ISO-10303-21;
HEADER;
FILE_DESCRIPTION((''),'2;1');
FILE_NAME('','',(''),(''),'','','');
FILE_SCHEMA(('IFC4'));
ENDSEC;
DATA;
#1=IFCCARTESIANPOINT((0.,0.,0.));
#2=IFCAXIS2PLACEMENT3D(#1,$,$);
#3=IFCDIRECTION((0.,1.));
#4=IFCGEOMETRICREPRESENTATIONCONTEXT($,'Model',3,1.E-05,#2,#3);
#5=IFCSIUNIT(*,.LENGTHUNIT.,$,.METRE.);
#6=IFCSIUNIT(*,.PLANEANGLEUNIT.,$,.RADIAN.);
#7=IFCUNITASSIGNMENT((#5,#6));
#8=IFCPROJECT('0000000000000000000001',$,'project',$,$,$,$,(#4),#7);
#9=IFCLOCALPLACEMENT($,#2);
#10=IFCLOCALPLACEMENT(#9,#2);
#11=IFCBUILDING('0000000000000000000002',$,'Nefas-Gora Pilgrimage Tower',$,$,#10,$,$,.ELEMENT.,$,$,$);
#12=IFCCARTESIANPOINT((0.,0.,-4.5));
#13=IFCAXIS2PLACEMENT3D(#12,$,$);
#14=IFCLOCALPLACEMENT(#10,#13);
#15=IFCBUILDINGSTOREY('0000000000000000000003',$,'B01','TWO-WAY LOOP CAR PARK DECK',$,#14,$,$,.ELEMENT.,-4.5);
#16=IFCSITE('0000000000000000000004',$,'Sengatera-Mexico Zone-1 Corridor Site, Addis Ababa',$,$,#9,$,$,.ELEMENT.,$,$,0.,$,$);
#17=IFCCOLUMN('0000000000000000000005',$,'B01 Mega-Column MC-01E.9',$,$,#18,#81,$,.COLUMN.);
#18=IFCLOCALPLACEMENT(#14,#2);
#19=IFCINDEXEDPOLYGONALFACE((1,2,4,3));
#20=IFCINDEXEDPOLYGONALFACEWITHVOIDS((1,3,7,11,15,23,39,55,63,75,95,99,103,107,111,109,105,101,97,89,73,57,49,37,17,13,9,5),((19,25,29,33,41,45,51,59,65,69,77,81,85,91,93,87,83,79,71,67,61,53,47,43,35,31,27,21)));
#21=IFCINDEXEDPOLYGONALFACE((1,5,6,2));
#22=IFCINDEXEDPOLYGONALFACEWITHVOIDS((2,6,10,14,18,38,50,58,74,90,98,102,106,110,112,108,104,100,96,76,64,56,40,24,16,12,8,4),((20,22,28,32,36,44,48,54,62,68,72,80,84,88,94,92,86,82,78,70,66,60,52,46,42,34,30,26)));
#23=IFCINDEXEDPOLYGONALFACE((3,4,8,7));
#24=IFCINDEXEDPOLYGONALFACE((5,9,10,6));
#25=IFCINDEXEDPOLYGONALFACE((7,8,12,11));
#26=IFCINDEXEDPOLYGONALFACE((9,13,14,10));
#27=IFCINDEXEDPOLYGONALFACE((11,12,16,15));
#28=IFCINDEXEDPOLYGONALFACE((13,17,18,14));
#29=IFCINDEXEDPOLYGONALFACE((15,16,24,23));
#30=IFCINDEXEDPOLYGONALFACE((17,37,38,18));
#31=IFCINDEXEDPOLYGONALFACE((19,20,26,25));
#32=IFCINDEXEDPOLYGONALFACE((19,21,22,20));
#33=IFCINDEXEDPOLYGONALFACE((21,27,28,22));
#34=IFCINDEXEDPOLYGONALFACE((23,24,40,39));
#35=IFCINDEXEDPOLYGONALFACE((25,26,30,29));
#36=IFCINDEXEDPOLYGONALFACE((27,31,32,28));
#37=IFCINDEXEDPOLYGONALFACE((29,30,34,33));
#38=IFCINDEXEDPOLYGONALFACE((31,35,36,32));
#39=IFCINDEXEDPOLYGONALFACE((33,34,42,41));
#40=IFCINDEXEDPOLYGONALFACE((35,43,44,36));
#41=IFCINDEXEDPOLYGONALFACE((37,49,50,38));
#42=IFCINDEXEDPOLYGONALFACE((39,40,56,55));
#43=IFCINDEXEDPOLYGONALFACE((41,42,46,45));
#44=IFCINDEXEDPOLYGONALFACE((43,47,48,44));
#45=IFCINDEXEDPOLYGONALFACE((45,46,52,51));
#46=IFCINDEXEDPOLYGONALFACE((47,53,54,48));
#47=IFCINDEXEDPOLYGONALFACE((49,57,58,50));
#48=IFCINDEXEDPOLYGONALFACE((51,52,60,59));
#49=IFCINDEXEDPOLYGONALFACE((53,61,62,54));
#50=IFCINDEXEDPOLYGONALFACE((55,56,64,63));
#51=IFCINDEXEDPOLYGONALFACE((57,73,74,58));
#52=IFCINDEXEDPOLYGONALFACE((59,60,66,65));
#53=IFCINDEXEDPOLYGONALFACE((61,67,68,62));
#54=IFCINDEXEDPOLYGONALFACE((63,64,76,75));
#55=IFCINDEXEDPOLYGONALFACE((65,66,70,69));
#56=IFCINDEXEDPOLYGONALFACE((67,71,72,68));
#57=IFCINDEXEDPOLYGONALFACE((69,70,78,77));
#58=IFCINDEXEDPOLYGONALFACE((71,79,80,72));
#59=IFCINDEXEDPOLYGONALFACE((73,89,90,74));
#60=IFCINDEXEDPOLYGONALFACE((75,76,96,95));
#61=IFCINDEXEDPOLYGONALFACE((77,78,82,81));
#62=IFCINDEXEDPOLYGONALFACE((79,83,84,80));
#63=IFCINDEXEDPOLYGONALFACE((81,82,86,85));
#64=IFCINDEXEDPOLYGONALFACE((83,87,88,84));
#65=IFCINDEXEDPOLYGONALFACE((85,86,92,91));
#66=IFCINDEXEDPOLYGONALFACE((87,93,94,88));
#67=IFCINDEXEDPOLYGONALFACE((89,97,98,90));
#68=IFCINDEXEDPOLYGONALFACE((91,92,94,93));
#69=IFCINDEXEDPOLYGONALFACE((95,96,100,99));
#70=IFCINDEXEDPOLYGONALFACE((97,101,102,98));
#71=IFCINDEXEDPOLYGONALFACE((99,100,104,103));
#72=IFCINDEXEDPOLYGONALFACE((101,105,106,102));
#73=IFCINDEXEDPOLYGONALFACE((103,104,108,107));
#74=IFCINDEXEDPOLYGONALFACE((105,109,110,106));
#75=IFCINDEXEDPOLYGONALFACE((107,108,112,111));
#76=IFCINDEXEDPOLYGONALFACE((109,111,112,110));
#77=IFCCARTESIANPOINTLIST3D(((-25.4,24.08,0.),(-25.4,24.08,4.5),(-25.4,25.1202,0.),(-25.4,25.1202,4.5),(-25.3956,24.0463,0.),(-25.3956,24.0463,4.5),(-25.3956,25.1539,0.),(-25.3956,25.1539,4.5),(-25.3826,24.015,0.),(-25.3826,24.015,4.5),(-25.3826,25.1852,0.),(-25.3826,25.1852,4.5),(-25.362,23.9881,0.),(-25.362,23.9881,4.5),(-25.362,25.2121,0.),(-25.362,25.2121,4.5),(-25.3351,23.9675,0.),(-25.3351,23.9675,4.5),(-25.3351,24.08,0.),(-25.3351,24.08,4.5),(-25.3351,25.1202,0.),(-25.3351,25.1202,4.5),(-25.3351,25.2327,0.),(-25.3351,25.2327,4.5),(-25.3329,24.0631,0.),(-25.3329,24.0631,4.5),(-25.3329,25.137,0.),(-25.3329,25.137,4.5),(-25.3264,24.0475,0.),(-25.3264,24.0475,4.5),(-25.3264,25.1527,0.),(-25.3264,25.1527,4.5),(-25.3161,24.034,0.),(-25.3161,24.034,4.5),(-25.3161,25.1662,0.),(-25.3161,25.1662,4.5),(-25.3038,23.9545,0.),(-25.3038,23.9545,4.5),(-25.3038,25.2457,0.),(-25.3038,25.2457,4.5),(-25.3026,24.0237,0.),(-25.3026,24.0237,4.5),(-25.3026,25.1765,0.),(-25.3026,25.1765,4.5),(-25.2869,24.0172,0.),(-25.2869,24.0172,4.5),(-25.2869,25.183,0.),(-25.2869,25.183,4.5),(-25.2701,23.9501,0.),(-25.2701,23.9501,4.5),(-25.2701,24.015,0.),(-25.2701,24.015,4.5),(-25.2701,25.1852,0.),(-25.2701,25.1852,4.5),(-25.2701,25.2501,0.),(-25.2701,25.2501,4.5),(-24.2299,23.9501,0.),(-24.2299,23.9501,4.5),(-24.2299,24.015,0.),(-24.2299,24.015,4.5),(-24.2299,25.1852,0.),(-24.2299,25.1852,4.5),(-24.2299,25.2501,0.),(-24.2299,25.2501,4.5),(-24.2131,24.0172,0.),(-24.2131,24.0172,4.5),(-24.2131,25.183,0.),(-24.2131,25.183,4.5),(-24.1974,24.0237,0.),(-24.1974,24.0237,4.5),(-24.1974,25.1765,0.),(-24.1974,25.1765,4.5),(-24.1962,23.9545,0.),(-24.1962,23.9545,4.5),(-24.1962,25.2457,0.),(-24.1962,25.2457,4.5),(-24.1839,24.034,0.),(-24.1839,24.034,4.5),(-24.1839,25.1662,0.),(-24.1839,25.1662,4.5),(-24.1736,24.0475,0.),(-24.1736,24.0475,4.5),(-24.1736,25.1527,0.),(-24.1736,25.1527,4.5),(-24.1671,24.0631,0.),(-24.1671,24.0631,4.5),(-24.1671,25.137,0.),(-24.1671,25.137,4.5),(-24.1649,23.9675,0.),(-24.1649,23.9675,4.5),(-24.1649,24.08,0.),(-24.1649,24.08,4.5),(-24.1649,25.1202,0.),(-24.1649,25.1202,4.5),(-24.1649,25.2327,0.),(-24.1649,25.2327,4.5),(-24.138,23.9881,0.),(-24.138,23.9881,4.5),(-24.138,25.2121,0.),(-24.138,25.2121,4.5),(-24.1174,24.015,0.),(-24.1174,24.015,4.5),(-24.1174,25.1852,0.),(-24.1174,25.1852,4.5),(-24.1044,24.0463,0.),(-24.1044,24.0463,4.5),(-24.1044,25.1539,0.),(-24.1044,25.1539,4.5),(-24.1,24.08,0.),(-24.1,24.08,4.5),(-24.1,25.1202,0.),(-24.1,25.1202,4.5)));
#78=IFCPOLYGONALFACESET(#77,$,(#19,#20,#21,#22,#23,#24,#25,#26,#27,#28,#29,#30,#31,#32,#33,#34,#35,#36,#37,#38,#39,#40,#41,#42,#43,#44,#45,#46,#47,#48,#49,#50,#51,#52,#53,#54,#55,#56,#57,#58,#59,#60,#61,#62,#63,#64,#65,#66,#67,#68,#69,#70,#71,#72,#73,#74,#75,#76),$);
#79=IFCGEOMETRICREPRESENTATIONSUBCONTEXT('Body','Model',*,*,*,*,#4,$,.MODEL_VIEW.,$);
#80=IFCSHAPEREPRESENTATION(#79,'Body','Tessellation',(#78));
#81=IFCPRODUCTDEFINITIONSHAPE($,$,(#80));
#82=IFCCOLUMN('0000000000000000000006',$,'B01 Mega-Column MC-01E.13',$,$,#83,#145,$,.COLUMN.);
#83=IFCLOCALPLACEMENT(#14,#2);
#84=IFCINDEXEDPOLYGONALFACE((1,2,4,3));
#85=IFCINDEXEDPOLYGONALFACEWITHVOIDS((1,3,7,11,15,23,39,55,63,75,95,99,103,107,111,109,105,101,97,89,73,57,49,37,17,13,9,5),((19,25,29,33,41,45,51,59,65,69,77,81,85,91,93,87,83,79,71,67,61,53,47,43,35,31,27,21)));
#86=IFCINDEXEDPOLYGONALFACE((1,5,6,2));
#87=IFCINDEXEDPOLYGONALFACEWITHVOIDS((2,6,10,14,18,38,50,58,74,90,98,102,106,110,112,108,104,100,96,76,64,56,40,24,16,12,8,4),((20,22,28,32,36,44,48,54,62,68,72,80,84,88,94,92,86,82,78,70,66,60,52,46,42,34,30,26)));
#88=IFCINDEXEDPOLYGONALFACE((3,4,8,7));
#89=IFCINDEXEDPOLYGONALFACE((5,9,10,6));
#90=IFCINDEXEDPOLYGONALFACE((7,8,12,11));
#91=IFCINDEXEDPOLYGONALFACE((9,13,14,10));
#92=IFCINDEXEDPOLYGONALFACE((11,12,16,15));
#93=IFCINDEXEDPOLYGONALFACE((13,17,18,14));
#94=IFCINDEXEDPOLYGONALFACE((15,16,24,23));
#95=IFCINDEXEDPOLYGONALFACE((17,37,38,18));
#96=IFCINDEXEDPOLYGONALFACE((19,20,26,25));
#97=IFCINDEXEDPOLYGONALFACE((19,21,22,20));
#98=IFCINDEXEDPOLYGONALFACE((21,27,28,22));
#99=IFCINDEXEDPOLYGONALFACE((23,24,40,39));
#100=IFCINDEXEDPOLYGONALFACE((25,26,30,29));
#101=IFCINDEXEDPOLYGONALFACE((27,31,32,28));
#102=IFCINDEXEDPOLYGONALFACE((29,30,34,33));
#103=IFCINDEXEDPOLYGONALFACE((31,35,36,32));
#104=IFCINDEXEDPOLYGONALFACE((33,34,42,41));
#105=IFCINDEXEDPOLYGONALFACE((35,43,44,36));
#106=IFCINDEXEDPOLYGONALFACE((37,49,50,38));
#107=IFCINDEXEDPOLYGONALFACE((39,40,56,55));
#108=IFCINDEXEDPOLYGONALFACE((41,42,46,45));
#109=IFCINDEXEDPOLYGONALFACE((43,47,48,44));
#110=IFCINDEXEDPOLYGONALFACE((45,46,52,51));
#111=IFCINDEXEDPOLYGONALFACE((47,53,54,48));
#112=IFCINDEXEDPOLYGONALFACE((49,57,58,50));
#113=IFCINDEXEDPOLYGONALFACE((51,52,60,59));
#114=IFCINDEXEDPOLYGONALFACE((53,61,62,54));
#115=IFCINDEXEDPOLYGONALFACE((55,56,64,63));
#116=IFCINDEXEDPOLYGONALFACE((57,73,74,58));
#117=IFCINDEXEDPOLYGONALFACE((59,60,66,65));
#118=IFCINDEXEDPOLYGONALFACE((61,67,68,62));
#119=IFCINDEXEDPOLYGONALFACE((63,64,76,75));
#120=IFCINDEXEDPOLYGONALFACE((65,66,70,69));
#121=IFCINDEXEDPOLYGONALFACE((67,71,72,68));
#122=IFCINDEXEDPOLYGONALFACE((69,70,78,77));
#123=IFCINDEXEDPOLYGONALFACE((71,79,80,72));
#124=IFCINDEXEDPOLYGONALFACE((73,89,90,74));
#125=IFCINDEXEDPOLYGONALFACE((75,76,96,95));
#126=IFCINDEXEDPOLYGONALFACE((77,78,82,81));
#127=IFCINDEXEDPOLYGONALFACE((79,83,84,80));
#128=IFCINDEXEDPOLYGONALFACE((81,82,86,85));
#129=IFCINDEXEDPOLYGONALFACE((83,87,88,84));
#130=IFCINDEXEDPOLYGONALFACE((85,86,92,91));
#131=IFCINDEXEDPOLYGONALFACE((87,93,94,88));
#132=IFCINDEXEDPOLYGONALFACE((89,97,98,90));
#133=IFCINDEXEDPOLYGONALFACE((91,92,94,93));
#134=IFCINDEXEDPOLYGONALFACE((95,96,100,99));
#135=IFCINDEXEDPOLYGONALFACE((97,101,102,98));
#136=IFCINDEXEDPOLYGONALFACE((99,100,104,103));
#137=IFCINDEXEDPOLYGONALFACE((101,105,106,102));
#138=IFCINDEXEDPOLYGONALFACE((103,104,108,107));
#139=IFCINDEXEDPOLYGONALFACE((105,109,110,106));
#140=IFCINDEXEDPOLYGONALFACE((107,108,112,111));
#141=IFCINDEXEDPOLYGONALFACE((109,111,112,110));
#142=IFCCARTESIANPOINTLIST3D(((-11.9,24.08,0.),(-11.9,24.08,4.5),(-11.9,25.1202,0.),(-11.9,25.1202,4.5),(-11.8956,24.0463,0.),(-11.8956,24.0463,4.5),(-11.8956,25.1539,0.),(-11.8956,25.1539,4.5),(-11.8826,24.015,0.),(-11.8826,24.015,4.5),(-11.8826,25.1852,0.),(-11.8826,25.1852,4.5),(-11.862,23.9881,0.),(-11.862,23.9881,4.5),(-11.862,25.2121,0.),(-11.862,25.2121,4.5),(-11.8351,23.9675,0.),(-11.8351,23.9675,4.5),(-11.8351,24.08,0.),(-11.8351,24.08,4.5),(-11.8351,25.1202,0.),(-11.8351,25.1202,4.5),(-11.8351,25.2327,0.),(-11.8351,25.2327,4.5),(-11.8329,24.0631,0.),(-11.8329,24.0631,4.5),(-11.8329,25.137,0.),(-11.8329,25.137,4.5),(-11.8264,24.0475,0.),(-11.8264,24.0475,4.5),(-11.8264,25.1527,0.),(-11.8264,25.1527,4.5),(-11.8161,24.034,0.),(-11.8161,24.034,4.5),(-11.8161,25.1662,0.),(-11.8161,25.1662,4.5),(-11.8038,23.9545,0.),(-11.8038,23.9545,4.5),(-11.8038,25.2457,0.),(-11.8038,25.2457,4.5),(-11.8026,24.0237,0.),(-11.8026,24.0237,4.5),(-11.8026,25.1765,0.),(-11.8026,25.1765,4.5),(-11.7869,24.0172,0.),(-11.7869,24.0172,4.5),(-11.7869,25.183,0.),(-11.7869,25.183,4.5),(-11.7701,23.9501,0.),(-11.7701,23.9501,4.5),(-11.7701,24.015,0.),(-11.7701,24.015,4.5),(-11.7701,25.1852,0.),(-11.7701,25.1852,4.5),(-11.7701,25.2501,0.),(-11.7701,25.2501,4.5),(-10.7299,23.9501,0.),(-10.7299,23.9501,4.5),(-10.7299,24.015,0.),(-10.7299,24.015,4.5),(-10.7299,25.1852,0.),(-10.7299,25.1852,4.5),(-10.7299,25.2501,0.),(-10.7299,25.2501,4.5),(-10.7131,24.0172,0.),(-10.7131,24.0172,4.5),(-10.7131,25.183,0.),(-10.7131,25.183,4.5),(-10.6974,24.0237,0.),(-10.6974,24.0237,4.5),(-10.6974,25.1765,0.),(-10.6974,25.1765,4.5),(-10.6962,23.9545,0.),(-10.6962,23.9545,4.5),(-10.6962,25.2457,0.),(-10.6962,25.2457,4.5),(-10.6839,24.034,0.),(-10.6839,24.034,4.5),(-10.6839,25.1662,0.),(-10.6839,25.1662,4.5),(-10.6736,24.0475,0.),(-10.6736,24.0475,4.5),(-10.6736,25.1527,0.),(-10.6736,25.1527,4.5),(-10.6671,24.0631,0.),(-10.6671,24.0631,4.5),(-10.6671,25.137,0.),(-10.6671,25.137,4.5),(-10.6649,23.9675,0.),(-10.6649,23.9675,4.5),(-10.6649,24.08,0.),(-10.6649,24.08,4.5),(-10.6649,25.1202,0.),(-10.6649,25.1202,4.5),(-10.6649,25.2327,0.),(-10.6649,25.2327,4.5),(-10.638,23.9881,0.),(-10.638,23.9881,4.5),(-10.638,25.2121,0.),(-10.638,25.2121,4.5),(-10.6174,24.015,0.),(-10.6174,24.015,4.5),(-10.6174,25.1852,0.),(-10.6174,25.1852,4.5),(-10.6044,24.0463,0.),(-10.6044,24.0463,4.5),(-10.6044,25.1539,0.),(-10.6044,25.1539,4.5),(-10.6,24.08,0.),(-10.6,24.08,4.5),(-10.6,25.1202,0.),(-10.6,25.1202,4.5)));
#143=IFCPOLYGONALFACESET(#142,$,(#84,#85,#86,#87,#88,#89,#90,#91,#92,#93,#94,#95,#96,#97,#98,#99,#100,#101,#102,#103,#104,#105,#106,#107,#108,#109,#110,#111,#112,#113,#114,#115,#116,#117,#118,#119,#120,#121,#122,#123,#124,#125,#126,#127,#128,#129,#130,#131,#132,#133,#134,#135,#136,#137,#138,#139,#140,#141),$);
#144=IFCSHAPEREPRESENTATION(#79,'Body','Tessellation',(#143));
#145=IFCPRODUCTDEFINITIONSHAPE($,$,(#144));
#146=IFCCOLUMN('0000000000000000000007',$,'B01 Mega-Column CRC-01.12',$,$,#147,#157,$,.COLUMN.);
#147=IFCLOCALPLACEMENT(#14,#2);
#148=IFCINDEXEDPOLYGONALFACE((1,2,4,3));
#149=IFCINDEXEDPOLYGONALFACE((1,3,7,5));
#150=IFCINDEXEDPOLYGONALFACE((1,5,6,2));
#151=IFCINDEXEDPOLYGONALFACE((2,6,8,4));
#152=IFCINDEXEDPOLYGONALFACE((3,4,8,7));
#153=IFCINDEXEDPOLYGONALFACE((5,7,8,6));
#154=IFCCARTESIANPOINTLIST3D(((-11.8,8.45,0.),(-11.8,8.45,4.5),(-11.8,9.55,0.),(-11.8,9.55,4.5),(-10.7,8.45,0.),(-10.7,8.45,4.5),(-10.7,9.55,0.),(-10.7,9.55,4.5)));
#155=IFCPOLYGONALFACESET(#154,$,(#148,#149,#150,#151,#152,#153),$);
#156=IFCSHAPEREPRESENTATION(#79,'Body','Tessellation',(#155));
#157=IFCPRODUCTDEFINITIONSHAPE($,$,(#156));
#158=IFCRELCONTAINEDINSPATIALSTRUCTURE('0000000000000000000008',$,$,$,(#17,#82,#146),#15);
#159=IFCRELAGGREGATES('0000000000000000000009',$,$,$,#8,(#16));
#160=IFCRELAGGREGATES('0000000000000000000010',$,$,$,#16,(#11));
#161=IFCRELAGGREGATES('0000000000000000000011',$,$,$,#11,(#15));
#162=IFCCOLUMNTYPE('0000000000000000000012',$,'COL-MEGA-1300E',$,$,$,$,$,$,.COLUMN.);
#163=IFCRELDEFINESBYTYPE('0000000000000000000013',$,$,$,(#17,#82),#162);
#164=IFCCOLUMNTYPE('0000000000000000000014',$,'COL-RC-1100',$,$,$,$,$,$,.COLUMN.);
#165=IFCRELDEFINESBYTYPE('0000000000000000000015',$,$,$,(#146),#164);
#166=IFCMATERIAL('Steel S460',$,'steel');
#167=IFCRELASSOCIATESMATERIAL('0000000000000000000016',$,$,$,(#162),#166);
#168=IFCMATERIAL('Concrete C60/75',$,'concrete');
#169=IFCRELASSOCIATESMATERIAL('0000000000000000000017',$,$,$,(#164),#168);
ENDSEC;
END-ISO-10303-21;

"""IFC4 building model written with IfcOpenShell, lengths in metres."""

from ifc_helpers import new_model, si_unit, direction, frame, origin, origin_2d, place, context, subcontext, project, spatial, rectangle, hollow_rectangle, extrude, source, transform, mapped, material, material_profile, profile_set, type_object, element, save


model = new_model("IFC4")

# Units and contexts
model_context = context("Model", 3, precision=1e-05, world=origin(), true_north=direction((0.0, 1.0)))
body_context = subcontext(model_context, "Body", "Model", "MODEL_VIEW")
ifc_project = project(units=[si_unit("LENGTHUNIT", "METRE"), si_unit("PLANEANGLEUNIT", "RADIAN")], contexts=[model_context])

# Site, building, storey
site_placement = place(None, origin())
site = spatial("IfcSite", under=ifc_project, at=site_placement, Name="Sengatera-Mexico Zone-1 Corridor Site, Addis Ababa", CompositionType="ELEMENT", RefElevation=0.0)
building_placement = place(site_placement, origin())
building = spatial("IfcBuilding", under=site, at=building_placement, Name="Nefas-Gora Pilgrimage Tower", CompositionType="ELEMENT")
storey_placement = place(building_placement, frame((0.0, 0.0, -4.5)))
storey = spatial("IfcBuildingStorey", under=building, at=storey_placement, Name="B01", Description="TWO-WAY LOOP CAR PARK DECK", CompositionType="ELEMENT", Elevation=-4.5)

# Columns
ifc_material_1 = material(Name="Steel S460", Category="steel")
ifc_material_profile_1 = material_profile(ifc_material_1, hollow_rectangle(XDim=1.3, YDim=1.3, WallThickness=0.0649, InnerFilletRadius=0.0649, OuterFilletRadius=0.1299, at=origin_2d()), Name="BOX 1300x1300x65")
ifc_profile_set_1 = profile_set([ifc_material_profile_1], Name="Steel S460")
column_type_1 = type_object("IfcColumnType", Name="COL-MEGA-1300E", PredefinedType="COLUMN", material=ifc_profile_set_1)
shared_shape_1 = source(origin(), body_context, "Body", "SweptSolid", [
    extrude(hollow_rectangle(XDim=1.3, YDim=1.3, WallThickness=0.0649, InnerFilletRadius=0.0649, OuterFilletRadius=0.1299, at=origin_2d()), origin(), (0.0, 0.0, 1.0), 4.5),
])
for number, where, z_axis, x_axis, name in (
    (1, (-24.75, 24.6001, 0.0), (0.0, 0.0, 1.0), (1.0, 0.0, 0.0), "B01 Mega-Column MC-01E.9"),
    (2, (-11.25, 24.6001, 0.0), (0.0, 0.0, 1.0), (1.0, 0.0, 0.0), "B01 Mega-Column MC-01E.13"),
):
    element("IfcColumn", number, at=place(storey_placement, frame(where, z_axis=z_axis, x_axis=x_axis)), inside=storey, type_object=column_type_1, Name=name, PredefinedType="COLUMN", context=body_context, shape_type="MappedRepresentation", body=[
        mapped(shared_shape_1, transform((0.0, 0.0, 0.0), x_axis=(1.0, 0.0, 0.0), y_axis=(0.0, 1.0, 0.0), z_axis=(0.0, 0.0, 1.0), scale=1.0)),
    ])
ifc_material_2 = material(Name="Concrete C60/75", Category="concrete")
ifc_material_profile_2 = material_profile(ifc_material_2, rectangle(XDim=1.1001, YDim=1.1001, at=origin_2d()), Name="RC 1100x1100")
ifc_profile_set_2 = profile_set([ifc_material_profile_2], Name="Concrete C60/75")
column_type_2 = type_object("IfcColumnType", Name="COL-RC-1100", PredefinedType="COLUMN", material=ifc_profile_set_2)
shared_shape_2 = source(origin(), body_context, "Body", "SweptSolid", [
    extrude(rectangle(XDim=1.1001, YDim=1.1001, at=origin_2d()), origin(), (0.0, 0.0, 1.0), 4.5),
])
column_placement = place(storey_placement, frame((-11.25, 9.0, 0.0), z_axis=(0.0, 0.0, 1.0), x_axis=(1.0, 0.0, 0.0)))
element("IfcColumn", 3, at=column_placement, inside=storey, type_object=column_type_2, Name="B01 Mega-Column CRC-01.12", PredefinedType="COLUMN", context=body_context, shape_type="MappedRepresentation", body=[
    mapped(shared_shape_2, transform((0.0, 0.0, 0.0), x_axis=(1.0, 0.0, 0.0), y_axis=(0.0, 1.0, 0.0), z_axis=(0.0, 0.0, 1.0), scale=1.0)),
])

save(model, "model.ifc")
